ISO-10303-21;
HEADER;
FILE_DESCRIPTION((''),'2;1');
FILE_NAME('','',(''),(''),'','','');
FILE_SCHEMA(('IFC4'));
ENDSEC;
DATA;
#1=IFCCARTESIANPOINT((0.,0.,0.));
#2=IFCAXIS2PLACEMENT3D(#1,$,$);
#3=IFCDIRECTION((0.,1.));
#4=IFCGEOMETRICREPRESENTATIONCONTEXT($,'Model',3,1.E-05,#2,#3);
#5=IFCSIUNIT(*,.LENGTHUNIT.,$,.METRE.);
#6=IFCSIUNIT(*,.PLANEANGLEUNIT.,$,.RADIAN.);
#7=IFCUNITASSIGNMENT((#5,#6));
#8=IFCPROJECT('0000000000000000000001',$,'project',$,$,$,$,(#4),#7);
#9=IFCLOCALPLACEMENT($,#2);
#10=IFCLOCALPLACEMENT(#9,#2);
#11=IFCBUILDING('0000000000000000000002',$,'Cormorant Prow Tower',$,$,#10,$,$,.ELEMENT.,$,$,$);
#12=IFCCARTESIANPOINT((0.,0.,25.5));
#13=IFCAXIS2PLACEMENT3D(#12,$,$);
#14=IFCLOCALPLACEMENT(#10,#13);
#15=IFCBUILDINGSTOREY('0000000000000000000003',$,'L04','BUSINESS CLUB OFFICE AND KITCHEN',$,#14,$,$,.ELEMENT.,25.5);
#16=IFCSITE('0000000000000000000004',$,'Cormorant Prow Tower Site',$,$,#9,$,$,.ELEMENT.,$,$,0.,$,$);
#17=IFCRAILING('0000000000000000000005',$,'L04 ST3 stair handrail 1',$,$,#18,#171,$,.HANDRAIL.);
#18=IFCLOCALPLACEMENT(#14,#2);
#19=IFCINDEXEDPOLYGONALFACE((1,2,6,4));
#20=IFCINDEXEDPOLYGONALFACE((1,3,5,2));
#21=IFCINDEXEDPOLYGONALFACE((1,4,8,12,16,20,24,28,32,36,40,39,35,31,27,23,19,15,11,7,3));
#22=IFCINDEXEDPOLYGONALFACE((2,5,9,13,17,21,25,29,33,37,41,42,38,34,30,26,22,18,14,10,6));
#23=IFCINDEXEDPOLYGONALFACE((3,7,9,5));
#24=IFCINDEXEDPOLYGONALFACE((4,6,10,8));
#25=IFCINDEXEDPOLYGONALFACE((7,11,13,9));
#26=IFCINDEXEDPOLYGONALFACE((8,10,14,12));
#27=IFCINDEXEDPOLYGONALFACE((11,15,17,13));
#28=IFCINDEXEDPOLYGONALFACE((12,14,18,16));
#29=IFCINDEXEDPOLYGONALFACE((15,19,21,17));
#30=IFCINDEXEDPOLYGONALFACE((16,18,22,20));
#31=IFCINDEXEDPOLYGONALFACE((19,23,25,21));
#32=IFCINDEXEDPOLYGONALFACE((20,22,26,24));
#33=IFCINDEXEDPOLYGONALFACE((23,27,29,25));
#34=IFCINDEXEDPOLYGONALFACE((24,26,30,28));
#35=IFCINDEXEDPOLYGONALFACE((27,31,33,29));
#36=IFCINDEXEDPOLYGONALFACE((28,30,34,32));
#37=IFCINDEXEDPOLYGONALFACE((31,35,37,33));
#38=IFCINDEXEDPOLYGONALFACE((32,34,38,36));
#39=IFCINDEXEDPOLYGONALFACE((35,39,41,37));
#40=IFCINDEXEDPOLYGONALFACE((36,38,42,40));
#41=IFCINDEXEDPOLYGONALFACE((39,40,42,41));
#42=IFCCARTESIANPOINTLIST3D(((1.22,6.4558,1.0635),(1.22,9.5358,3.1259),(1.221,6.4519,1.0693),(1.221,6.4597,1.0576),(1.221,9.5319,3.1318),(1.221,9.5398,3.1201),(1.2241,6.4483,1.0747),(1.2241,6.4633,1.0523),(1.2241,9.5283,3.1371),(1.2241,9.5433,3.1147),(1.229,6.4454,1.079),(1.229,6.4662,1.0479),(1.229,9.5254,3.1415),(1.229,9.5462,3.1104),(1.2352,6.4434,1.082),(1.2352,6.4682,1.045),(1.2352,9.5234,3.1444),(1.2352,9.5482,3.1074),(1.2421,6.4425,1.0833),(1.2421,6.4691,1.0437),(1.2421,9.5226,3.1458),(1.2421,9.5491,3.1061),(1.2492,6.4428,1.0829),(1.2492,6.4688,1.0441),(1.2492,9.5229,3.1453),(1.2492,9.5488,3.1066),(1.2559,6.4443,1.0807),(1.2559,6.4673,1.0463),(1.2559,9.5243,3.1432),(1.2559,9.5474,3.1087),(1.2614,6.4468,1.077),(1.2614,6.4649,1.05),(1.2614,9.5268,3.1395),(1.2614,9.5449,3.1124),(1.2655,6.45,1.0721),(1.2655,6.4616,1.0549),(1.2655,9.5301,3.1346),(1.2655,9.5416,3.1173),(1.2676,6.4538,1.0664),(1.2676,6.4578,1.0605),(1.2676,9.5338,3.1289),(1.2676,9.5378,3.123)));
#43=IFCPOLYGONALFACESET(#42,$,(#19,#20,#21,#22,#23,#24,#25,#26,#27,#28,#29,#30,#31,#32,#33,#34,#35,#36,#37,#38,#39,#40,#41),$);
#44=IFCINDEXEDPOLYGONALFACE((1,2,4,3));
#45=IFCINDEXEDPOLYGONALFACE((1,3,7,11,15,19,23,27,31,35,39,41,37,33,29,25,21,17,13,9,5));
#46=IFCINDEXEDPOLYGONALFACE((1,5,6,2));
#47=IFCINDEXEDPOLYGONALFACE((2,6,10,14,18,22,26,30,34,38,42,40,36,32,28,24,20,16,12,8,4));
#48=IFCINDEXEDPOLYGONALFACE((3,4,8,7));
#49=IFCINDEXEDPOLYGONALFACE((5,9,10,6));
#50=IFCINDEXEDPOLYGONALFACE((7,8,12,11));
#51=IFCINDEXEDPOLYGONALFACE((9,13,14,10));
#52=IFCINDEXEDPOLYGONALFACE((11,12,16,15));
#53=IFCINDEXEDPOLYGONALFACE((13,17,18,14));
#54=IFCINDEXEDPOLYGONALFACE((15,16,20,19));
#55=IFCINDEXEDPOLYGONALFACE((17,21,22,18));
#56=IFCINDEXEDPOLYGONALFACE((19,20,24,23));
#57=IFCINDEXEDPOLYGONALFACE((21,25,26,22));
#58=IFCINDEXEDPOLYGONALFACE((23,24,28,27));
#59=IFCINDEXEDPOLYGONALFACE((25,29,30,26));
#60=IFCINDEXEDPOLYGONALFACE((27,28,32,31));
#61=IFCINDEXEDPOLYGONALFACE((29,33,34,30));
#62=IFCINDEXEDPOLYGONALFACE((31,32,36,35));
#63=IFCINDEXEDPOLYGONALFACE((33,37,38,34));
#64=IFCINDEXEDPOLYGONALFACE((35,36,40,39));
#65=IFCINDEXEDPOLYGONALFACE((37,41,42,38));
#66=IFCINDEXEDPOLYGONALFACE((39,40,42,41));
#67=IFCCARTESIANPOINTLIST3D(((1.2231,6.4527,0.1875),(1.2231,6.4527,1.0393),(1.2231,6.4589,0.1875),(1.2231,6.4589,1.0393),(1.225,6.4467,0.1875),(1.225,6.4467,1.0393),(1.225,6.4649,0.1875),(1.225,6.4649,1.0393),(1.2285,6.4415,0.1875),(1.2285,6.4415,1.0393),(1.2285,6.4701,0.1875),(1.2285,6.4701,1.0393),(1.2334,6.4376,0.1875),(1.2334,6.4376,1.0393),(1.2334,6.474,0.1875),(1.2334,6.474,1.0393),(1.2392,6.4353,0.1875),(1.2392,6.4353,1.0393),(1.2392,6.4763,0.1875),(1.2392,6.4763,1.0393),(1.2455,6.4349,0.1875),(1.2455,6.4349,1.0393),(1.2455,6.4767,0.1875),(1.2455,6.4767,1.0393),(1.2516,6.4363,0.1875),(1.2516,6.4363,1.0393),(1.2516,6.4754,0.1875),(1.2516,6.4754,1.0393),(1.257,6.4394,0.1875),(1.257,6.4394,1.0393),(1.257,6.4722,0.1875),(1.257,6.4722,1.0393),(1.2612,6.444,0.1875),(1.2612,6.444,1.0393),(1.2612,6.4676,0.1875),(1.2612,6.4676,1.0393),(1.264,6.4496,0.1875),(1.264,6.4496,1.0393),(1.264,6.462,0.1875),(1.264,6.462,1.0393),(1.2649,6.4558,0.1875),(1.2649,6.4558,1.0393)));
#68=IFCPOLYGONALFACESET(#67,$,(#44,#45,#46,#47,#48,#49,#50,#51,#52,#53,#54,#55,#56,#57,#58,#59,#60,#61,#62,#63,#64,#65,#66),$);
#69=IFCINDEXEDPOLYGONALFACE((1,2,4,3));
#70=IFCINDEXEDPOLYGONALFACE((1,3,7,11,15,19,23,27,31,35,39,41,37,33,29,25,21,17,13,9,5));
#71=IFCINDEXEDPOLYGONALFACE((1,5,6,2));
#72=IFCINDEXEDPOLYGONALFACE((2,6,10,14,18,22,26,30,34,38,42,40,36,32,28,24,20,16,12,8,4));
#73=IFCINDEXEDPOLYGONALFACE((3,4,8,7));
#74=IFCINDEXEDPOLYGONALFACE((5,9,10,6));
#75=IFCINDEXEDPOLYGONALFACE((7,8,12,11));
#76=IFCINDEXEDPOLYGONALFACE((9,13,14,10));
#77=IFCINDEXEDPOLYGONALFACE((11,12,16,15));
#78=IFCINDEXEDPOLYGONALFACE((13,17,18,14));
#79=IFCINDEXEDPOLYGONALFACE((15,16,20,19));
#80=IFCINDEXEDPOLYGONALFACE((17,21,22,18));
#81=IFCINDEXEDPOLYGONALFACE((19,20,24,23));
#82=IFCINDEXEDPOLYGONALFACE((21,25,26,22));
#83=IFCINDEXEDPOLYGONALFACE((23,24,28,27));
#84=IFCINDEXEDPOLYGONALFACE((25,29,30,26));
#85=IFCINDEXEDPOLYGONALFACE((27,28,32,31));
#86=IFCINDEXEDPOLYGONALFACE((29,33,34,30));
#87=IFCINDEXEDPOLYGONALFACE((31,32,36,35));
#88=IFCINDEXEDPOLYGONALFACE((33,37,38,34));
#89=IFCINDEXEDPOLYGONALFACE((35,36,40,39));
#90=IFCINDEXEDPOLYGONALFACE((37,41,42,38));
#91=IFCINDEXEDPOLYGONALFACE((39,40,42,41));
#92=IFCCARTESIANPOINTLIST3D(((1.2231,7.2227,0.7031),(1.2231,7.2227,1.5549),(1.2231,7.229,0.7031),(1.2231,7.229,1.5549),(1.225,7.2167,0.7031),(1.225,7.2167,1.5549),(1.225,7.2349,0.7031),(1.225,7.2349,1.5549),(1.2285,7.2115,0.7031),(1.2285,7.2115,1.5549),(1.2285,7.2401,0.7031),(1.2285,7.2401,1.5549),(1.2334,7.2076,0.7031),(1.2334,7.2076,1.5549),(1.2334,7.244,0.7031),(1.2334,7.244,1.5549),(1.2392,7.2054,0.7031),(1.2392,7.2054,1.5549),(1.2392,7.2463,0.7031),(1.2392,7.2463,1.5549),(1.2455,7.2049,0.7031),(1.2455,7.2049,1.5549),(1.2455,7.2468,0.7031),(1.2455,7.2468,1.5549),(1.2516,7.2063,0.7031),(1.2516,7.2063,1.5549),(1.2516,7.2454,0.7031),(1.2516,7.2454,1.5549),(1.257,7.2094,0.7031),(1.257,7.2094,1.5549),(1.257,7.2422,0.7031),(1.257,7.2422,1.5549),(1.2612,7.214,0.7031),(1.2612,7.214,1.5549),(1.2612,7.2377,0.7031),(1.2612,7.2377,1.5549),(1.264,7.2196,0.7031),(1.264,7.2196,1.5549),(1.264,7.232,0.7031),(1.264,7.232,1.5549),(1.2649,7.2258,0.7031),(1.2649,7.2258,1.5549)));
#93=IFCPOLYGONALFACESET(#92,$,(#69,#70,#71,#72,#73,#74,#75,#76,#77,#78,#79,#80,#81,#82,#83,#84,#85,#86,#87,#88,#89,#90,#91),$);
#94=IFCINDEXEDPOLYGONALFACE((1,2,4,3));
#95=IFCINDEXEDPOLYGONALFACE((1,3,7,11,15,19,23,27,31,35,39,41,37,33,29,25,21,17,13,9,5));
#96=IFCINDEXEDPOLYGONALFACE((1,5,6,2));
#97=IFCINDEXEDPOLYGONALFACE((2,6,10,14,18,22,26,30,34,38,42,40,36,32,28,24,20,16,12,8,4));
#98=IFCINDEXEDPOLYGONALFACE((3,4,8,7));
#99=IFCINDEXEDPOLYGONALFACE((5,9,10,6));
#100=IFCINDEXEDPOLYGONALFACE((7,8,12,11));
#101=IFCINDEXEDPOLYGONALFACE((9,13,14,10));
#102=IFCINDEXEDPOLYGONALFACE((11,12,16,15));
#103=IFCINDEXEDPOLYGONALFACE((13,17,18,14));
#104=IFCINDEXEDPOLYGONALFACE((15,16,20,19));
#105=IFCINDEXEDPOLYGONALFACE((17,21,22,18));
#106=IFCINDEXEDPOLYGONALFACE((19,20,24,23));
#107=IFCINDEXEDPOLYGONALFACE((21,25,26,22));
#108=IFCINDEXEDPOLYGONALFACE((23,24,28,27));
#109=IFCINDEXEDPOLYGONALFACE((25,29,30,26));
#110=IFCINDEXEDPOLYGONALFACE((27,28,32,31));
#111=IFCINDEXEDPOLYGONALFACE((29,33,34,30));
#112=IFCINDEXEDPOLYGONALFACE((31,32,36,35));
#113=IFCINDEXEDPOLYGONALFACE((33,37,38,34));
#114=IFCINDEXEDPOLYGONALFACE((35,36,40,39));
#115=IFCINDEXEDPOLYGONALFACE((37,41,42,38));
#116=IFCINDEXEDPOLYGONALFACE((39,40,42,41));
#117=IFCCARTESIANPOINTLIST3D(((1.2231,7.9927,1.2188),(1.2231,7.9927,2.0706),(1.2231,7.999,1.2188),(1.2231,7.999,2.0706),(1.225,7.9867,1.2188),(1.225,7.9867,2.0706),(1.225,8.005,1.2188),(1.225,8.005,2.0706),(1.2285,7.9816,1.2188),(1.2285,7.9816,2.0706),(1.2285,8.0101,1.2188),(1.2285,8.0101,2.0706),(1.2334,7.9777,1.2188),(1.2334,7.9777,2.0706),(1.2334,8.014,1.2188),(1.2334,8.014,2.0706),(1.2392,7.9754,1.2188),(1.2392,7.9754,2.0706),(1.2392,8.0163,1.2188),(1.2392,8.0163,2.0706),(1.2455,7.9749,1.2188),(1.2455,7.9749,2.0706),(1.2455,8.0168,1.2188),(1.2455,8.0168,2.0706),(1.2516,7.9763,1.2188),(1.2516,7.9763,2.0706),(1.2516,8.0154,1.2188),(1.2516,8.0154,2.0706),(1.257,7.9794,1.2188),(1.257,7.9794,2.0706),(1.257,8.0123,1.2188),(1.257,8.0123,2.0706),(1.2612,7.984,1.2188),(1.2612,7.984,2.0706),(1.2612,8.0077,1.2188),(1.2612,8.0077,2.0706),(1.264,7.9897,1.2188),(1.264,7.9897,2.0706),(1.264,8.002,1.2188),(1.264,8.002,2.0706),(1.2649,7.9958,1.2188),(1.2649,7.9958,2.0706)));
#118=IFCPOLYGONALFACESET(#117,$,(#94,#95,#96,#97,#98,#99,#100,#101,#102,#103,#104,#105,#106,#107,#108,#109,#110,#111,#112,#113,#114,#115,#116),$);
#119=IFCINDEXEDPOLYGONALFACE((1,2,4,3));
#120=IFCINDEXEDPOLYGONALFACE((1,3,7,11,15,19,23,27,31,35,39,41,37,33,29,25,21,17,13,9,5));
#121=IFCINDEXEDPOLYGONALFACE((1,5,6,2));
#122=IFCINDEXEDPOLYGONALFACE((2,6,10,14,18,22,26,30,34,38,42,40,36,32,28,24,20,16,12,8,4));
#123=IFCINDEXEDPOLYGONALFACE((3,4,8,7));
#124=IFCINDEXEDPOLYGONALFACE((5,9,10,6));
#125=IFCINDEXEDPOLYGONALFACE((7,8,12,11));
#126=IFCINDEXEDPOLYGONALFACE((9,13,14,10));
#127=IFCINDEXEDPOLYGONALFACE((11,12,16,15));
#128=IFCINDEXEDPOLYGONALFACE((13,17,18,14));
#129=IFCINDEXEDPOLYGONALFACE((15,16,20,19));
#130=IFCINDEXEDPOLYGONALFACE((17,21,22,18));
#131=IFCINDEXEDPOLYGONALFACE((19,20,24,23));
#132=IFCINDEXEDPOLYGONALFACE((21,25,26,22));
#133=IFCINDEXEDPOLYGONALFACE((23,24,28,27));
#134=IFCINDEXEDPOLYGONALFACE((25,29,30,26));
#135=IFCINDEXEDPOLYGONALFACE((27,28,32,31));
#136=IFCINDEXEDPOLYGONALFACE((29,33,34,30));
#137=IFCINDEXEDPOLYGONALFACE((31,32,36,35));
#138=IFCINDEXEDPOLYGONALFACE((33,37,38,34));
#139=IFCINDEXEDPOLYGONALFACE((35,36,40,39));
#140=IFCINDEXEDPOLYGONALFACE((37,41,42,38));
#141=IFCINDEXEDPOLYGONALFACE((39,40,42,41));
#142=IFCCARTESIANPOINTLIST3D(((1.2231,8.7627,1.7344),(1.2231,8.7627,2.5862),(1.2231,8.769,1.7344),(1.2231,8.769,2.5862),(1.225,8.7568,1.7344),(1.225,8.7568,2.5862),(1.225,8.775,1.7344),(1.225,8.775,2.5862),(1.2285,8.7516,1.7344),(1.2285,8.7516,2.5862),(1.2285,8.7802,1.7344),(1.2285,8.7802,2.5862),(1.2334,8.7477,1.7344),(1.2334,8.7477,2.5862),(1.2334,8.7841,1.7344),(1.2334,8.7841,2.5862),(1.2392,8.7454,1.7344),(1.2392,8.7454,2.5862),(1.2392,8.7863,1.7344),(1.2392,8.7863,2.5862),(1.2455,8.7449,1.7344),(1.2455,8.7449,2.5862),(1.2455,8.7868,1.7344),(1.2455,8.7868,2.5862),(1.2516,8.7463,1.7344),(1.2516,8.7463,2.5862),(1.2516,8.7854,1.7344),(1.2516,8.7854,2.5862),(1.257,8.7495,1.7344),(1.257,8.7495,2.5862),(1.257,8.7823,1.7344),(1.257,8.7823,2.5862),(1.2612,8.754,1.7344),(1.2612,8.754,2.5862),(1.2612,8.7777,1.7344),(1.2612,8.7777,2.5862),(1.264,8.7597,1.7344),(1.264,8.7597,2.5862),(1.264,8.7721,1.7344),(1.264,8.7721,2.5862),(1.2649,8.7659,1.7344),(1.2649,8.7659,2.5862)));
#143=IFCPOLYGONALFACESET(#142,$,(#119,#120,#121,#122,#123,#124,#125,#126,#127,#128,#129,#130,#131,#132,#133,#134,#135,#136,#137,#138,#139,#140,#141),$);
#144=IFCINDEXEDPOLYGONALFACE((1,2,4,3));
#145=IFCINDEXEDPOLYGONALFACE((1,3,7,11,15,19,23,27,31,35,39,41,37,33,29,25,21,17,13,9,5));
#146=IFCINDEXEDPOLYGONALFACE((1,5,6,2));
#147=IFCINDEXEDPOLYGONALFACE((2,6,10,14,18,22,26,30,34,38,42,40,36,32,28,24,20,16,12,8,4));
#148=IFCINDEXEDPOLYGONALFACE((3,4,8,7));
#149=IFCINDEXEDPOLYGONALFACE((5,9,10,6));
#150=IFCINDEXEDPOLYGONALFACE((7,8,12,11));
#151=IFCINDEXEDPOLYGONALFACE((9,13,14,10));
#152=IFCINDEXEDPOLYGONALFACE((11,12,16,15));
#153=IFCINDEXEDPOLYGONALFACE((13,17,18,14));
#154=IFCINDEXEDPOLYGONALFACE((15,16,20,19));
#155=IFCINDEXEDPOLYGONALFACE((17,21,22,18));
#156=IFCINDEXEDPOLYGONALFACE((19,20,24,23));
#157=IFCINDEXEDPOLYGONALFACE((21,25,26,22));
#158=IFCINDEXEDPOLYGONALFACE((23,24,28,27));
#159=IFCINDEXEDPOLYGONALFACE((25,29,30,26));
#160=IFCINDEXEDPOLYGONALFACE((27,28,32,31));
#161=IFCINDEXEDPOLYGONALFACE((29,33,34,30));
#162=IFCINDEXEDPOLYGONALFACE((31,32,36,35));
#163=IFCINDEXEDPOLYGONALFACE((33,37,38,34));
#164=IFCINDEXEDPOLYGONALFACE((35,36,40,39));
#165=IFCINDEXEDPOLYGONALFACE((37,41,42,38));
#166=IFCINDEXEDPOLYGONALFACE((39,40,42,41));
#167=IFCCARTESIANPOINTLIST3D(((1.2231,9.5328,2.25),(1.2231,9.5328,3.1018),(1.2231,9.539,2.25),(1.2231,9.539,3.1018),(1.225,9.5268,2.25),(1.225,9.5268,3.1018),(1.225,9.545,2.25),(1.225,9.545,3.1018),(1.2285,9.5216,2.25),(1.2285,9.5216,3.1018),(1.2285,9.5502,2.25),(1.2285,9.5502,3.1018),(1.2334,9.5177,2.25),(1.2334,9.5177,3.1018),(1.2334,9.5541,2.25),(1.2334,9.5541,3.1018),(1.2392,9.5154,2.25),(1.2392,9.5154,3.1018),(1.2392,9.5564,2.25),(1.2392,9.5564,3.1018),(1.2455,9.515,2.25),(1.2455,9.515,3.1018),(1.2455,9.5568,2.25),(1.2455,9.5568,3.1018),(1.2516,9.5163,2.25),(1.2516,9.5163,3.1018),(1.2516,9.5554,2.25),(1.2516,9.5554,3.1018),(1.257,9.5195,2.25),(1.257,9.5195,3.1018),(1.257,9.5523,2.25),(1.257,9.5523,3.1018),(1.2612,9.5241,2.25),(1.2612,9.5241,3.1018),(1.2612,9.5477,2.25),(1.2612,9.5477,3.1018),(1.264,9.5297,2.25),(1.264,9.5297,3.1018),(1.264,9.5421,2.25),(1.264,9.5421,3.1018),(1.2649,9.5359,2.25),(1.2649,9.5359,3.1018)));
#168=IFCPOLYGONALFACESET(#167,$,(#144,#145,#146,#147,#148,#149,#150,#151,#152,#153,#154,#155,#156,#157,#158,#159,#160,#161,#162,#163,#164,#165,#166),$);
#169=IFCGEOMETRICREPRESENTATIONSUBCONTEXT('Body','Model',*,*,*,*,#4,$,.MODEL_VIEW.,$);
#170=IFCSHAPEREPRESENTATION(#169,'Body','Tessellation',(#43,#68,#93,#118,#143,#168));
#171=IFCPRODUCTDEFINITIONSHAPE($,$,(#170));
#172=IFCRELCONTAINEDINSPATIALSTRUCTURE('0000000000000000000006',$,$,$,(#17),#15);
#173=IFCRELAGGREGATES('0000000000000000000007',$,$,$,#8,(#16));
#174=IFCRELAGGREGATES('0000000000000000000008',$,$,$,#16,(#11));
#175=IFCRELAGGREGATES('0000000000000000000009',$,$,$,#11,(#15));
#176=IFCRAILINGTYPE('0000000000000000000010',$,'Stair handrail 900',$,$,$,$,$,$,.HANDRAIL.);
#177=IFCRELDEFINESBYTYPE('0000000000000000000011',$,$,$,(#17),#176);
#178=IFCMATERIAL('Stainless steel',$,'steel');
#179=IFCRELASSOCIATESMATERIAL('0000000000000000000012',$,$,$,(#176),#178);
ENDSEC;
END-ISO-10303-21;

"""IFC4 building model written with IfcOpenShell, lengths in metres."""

from ifc_helpers import new_model, si_unit, direction, frame, origin, origin_2d, place, context, subcontext, project, spatial, circle, extrude, material, type_object, element, save


model = new_model("IFC4")

# Units and contexts
model_context = context("Model", 3, precision=1e-05, world=origin(), true_north=direction((0.0, 1.0)))
body_context = subcontext(model_context, "Body", "Model", "MODEL_VIEW")
ifc_project = project(units=[si_unit("LENGTHUNIT", "METRE"), si_unit("PLANEANGLEUNIT", "RADIAN")], contexts=[model_context])

# Site, building, storey
site_placement = place(None, origin())
site = spatial("IfcSite", under=ifc_project, at=site_placement, Name="Cormorant Prow Tower Site", CompositionType="ELEMENT", RefElevation=0.0)
building_placement = place(site_placement, origin())
building = spatial("IfcBuilding", under=site, at=building_placement, Name="Cormorant Prow Tower", CompositionType="ELEMENT")
storey_placement = place(building_placement, frame((0.0, 0.0, 25.5)))
storey = spatial("IfcBuildingStorey", under=building, at=storey_placement, Name="L04", Description="BUSINESS CLUB OFFICE AND KITCHEN", CompositionType="ELEMENT", Elevation=25.5)

# Railing
ifc_material_1 = material(Name="Stainless steel", Category="steel")
railing_type = type_object("IfcRailingType", Name="Stair handrail 900", PredefinedType="HANDRAIL", material=ifc_material_1)
railing_placement = place(storey_placement, frame((1.2439, 6.4558, 0.1875)))
element("IfcRailing", 1, at=railing_placement, inside=storey, type_object=railing_type, Name="L04 ST3 stair handrail 1", PredefinedType="HANDRAIL", context=body_context, shape_type="SweptSolid", body=[
    extrude(circle(Radius=0.0239, at=origin_2d()), frame((0.0, 0.0, 0.876), z_axis=(0.0, 0.830914, 0.556401), x_axis=(-1.0, 0.0, 0.0)), (0.0, 0.0, 1.0), 3.7068),
    extrude(circle(Radius=0.021, at=origin_2d()), origin(), (0.0, 0.0, 1.0), 0.8518),
    extrude(circle(Radius=0.021, at=origin_2d()), frame((0.0, 0.77, 0.5156)), (0.0, 0.0, 1.0), 0.8518),
    extrude(circle(Radius=0.021, at=origin_2d()), frame((0.0, 1.54, 1.0312)), (0.0, 0.0, 1.0), 0.8518),
    extrude(circle(Radius=0.021, at=origin_2d()), frame((0.0, 2.3101, 1.5469)), (0.0, 0.0, 1.0), 0.8518),
    extrude(circle(Radius=0.021, at=origin_2d()), frame((0.0, 3.0801, 2.0625)), (0.0, 0.0, 1.0), 0.8518),
])

save(model, "model.ifc")
